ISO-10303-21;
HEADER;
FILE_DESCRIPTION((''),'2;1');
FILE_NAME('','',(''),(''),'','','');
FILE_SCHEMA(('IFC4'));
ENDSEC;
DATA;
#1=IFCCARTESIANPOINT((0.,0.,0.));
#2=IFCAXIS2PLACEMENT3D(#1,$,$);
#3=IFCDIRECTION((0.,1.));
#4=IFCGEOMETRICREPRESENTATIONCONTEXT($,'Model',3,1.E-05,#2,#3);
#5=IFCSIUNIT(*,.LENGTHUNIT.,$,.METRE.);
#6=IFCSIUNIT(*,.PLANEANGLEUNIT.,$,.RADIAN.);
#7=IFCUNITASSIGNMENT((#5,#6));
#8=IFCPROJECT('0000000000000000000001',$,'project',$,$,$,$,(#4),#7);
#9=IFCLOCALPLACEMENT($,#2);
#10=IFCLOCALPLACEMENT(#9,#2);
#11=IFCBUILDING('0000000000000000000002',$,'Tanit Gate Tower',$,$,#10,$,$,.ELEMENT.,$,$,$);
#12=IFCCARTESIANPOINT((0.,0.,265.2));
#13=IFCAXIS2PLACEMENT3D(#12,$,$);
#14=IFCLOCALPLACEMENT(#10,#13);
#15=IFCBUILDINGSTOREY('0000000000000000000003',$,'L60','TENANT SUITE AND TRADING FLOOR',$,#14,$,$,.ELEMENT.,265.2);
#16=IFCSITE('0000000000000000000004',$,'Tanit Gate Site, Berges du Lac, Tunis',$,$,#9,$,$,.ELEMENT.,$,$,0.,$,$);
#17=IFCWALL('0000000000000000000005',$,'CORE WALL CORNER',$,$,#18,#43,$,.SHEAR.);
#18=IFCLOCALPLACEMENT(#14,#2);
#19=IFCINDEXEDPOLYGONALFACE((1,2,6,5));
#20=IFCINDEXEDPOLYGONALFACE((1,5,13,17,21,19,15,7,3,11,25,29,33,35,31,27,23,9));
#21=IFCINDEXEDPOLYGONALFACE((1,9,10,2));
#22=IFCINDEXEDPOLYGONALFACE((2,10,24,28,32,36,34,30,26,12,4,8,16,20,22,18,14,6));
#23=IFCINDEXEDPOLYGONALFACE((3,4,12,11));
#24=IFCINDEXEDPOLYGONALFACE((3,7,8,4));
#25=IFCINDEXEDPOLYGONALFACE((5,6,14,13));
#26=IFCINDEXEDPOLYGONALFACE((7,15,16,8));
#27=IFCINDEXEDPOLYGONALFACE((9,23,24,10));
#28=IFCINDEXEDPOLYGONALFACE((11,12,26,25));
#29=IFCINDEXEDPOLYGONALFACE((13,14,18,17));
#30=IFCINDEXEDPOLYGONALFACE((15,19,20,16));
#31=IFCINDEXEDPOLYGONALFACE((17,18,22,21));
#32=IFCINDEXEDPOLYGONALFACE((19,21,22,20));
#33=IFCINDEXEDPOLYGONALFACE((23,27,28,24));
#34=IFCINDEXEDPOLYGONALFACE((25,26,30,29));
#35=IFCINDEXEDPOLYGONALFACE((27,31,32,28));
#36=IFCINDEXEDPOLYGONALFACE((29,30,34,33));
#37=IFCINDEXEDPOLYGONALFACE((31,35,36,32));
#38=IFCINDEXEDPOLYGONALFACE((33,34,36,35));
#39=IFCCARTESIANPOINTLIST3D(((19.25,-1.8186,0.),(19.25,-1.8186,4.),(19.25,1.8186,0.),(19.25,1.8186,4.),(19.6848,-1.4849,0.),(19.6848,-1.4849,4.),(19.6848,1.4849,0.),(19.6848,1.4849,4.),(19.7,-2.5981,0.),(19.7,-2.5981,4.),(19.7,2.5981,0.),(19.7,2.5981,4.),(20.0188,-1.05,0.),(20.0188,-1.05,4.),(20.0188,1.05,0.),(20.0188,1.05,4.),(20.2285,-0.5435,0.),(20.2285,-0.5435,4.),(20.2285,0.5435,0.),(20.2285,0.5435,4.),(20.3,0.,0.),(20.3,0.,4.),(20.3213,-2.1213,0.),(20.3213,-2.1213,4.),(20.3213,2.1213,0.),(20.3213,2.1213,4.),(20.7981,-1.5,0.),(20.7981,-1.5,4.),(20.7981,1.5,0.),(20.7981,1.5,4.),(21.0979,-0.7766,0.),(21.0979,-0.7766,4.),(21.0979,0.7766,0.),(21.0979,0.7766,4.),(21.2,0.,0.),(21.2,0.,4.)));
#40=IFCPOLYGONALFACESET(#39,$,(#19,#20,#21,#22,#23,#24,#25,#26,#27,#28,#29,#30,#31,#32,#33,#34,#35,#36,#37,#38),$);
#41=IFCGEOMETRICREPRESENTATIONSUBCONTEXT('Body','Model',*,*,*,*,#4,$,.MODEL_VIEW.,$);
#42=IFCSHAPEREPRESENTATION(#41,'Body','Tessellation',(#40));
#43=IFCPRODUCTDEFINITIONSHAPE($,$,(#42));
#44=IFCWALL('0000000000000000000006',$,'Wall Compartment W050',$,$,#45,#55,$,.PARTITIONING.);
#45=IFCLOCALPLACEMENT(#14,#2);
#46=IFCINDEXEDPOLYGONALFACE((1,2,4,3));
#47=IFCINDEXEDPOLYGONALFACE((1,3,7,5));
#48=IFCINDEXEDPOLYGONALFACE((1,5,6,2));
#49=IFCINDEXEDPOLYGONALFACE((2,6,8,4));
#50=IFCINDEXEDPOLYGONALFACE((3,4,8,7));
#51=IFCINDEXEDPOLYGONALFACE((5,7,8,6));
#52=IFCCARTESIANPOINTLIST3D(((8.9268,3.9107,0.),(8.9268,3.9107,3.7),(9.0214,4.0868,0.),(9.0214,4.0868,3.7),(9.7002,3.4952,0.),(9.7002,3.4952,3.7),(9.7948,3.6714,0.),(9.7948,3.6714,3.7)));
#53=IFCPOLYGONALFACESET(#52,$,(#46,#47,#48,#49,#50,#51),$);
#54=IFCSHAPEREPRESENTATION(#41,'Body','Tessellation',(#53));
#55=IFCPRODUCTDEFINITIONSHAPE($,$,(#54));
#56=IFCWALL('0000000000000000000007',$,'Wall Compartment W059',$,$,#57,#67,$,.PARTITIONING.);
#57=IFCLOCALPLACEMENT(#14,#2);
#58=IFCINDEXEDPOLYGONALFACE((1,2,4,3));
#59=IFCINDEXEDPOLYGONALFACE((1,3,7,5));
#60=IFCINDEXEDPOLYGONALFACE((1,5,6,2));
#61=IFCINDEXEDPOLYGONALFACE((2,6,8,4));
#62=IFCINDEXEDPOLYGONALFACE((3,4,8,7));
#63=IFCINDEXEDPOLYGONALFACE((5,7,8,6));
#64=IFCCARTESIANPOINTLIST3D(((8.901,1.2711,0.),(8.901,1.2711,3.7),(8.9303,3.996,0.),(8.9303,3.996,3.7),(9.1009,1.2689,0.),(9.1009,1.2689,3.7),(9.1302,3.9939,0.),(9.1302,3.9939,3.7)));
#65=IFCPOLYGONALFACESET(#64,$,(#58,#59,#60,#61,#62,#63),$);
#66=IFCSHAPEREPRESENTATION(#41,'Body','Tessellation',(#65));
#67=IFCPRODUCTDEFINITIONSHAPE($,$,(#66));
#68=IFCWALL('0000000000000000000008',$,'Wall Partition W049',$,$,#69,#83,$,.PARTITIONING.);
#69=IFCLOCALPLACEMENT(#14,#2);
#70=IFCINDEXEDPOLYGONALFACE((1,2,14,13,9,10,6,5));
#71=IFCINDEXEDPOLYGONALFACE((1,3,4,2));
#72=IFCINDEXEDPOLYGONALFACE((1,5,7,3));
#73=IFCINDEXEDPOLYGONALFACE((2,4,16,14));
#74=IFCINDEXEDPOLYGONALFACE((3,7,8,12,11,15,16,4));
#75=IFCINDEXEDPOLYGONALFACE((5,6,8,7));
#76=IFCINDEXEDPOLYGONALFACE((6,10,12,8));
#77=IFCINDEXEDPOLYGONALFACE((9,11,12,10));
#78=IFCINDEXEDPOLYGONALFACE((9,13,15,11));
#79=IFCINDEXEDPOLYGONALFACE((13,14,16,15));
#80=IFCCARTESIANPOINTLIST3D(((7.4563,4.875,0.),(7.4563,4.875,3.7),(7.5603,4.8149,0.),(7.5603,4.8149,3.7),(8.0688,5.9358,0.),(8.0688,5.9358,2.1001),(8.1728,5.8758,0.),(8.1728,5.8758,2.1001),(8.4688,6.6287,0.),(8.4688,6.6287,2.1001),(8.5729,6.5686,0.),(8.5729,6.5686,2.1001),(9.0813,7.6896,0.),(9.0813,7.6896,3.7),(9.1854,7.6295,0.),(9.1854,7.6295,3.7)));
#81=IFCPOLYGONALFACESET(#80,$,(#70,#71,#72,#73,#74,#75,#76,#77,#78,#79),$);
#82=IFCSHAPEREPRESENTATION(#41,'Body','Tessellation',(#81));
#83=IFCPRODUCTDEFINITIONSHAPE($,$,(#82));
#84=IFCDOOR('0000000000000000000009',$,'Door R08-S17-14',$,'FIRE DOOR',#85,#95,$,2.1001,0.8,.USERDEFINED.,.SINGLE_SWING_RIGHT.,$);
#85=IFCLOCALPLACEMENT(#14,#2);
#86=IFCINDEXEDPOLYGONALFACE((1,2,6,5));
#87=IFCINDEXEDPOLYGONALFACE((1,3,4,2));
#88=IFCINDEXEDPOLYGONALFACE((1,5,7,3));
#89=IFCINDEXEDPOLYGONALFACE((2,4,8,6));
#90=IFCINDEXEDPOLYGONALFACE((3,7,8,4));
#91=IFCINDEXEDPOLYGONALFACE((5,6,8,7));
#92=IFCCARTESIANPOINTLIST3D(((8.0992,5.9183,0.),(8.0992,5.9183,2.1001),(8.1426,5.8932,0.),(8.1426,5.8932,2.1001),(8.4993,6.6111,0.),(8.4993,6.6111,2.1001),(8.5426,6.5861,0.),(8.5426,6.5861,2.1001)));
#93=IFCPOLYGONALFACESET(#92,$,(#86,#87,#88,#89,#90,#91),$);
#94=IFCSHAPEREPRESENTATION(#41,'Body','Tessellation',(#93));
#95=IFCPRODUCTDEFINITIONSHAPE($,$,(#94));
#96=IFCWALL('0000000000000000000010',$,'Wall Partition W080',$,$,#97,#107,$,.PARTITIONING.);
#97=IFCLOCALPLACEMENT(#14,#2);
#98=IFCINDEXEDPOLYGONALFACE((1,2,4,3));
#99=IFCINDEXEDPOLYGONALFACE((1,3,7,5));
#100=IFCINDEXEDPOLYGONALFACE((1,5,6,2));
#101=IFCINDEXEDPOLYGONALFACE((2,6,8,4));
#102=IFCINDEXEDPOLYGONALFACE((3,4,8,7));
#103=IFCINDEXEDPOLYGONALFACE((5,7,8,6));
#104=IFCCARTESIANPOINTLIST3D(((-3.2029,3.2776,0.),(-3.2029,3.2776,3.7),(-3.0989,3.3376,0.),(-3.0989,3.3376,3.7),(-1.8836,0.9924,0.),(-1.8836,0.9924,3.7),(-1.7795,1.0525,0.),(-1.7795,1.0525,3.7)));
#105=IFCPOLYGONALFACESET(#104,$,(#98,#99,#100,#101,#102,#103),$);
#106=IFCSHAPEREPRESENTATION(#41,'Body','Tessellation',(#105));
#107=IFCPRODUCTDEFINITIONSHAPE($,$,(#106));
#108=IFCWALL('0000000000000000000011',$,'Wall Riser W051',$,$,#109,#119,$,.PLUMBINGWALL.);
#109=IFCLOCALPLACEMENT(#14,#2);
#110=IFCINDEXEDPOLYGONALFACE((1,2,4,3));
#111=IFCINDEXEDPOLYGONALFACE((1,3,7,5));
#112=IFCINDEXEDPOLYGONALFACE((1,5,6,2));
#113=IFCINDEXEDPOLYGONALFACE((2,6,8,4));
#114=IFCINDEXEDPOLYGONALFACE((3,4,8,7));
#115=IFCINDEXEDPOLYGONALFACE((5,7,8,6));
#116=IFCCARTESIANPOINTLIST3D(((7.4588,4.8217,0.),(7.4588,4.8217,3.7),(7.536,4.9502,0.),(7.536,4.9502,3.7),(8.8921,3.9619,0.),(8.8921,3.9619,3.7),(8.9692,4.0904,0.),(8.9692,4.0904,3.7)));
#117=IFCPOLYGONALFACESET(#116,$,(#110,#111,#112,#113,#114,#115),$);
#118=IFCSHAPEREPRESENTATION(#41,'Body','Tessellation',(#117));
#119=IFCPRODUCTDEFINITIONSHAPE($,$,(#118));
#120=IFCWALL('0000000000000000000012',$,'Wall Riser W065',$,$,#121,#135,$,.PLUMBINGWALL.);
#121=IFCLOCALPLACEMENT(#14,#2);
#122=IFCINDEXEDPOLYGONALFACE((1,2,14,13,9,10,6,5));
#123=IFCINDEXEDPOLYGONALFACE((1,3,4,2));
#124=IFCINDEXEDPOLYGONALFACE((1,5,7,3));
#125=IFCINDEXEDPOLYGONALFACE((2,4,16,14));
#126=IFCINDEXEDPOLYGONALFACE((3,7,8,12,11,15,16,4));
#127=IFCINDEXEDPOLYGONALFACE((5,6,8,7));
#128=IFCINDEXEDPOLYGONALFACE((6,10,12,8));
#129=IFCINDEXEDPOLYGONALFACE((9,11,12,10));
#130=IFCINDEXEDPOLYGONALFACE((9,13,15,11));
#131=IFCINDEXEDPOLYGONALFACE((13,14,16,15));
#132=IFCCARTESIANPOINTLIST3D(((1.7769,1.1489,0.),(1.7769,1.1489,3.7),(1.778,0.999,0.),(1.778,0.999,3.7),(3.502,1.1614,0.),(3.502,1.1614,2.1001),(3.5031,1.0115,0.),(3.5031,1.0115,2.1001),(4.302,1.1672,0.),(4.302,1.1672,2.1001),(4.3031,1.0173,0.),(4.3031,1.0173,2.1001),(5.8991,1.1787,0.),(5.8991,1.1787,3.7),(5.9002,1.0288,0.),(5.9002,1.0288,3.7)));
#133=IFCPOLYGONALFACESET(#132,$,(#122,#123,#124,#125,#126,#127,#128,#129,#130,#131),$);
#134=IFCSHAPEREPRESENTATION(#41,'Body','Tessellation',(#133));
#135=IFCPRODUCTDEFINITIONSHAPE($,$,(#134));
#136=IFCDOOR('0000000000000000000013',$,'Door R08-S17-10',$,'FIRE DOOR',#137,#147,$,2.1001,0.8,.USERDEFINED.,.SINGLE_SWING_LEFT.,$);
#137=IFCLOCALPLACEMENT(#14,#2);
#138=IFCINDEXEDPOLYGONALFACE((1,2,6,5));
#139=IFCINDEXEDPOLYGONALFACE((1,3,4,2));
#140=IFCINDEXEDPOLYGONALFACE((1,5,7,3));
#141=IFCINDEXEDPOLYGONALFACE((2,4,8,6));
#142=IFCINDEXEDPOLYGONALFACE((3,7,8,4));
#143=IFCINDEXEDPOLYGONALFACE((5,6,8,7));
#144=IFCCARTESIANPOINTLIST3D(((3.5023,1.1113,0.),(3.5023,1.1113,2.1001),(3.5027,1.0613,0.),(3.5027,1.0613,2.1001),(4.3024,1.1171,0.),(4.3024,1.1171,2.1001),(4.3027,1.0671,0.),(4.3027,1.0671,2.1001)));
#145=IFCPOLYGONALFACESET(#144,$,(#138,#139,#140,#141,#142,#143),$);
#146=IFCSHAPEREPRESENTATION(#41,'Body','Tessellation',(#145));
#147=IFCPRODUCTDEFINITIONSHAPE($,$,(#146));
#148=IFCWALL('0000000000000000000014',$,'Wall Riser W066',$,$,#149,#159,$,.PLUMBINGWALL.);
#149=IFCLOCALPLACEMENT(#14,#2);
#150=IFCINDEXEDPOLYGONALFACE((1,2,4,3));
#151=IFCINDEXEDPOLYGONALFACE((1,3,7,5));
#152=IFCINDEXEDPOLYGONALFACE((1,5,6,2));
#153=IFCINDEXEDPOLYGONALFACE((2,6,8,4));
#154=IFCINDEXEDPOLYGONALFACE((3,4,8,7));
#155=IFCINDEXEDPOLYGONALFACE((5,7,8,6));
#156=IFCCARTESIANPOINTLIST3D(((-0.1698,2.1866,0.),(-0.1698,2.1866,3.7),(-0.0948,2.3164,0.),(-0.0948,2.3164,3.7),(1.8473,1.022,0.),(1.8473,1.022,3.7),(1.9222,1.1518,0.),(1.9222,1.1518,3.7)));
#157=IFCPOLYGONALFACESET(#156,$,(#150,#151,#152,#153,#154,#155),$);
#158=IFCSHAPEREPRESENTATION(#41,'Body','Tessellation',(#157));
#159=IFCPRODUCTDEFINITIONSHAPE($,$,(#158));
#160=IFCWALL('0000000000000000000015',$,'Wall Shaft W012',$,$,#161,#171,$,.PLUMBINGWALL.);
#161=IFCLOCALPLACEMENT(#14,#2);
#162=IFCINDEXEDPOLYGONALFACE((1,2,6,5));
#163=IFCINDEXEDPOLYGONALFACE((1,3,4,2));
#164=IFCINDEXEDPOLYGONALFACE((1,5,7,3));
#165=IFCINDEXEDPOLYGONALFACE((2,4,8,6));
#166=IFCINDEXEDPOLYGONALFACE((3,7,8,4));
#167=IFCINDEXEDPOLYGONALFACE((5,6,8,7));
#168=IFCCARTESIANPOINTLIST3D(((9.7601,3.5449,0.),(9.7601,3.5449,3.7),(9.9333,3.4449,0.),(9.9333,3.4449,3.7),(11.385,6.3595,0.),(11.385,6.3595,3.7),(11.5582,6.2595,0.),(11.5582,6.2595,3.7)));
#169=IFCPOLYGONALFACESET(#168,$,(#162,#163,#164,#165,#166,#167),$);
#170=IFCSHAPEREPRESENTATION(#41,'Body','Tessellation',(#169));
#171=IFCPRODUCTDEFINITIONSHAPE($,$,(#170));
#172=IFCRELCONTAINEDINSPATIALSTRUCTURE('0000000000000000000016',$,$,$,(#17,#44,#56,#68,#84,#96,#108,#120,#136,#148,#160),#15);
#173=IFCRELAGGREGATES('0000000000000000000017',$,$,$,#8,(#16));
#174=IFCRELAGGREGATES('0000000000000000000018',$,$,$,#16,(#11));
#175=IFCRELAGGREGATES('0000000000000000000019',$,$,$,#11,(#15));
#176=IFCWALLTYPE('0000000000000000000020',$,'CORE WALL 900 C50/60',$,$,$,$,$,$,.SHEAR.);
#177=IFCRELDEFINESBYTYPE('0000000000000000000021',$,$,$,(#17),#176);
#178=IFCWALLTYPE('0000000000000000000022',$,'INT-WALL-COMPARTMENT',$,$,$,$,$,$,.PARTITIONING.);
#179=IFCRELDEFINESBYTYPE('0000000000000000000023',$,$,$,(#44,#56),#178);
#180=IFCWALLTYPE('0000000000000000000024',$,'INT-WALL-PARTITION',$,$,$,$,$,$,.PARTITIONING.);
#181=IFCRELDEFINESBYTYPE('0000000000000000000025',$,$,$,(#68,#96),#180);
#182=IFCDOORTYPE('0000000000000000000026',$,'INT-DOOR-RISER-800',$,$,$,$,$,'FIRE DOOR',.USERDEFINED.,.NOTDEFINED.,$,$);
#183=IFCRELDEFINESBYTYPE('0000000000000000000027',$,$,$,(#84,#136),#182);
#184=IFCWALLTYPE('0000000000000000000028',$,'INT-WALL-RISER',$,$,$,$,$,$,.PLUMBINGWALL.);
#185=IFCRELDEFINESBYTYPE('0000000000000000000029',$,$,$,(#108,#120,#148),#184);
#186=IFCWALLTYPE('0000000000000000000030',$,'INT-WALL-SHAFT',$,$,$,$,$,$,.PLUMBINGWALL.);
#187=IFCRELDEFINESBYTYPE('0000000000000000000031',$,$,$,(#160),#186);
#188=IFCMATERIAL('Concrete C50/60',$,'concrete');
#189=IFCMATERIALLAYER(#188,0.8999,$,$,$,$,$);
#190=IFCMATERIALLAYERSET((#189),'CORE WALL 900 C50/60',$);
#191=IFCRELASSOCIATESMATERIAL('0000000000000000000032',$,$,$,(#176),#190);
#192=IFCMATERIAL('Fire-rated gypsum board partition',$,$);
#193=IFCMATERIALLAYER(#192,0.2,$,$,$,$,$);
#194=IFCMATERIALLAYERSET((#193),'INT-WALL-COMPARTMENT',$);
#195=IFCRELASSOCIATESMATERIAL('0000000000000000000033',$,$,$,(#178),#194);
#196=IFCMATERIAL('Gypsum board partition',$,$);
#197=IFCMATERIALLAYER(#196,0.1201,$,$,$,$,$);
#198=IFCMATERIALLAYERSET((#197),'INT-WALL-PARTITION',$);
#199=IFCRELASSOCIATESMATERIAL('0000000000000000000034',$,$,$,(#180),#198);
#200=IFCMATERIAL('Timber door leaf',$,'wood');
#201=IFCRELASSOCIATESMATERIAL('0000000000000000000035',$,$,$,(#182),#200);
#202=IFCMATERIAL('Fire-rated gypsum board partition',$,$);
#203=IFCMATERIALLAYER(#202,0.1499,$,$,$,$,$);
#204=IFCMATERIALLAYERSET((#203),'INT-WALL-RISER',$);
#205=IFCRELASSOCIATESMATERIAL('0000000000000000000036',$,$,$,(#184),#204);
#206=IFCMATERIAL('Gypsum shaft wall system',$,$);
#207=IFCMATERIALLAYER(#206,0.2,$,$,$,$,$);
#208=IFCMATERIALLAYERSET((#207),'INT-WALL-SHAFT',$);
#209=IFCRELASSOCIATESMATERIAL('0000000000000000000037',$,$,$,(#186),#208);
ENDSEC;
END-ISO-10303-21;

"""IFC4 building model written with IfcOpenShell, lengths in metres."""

from ifc_helpers import new_model, si_unit, direction, frame, frame_2d, origin, place, context, subcontext, project, spatial, polyline, rectangle, outline, extrude, material, layer, layer_set, type_object, element, fill, save


model = new_model("IFC4")

# Units and contexts
model_context = context("Model", 3, precision=1e-05, world=origin(), true_north=direction((0.0, 1.0)))
body_context = subcontext(model_context, "Body", "Model", "MODEL_VIEW")
ifc_project = project(units=[si_unit("LENGTHUNIT", "METRE"), si_unit("PLANEANGLEUNIT", "RADIAN")], contexts=[model_context])

# Site, building, storey
site_placement = place(None, origin())
site = spatial("IfcSite", under=ifc_project, at=site_placement, Name="Tanit Gate Site, Berges du Lac, Tunis", CompositionType="ELEMENT", RefElevation=0.0)
building_placement = place(site_placement, origin())
building = spatial("IfcBuilding", under=site, at=building_placement, Name="Tanit Gate Tower", CompositionType="ELEMENT")
storey_placement = place(building_placement, frame((0.0, 0.0, 265.2)))
storey = spatial("IfcBuildingStorey", under=building, at=storey_placement, Name="L60", Description="TENANT SUITE AND TRADING FLOOR", CompositionType="ELEMENT", Elevation=265.2)

# Walls
ifc_material_1 = material(Name="Concrete C50/60", Category="concrete")
ifc_layer_1 = layer(ifc_material_1, 0.8999)
ifc_layer_set_1 = layer_set([ifc_layer_1], Name="CORE WALL 900 C50/60")
wall_type_1 = type_object("IfcWallType", Name="CORE WALL 900 C50/60", PredefinedType="SHEAR", material=ifc_layer_set_1)
wall_1_placement = place(storey_placement, origin())
element("IfcWall", 1, at=wall_1_placement, inside=storey, type_object=wall_type_1, Name="CORE WALL CORNER", PredefinedType="SHEAR", context=body_context, shape_type="SweptSolid", body=[
    extrude(outline(polyline([(19.7, -2.5981), (20.3213, -2.1213), (20.7981, -1.5), (21.0979, -0.7766), (21.2, 0.0), (21.0979, 0.7766), (20.7981, 1.5), (20.3213, 2.1213), (19.7, 2.5981), (19.25, 1.8186), (19.6848, 1.4849), (20.0188, 1.05), (20.2285, 0.5435), (20.3, 0.0), (20.2285, -0.5435), (20.0188, -1.05), (19.6848, -1.4849), (19.25, -1.8186), (19.7, -2.5981)])), origin(), (0.0, 0.0, 1.0), 4.0),
])
ifc_material_2 = material(Name="Fire-rated gypsum board partition")
ifc_layer_2 = layer(ifc_material_2, 0.2)
ifc_layer_set_2 = layer_set([ifc_layer_2], Name="INT-WALL-COMPARTMENT")
wall_type_2 = type_object("IfcWallType", Name="INT-WALL-COMPARTMENT", PredefinedType="PARTITIONING", material=ifc_layer_set_2)
wall_2_placement = place(storey_placement, frame((8.9741, 3.9988, 0.0), z_axis=(0.0, 0.0, 1.0), x_axis=(0.880917, -0.473271, 0.0)))
element("IfcWall", 2, at=wall_2_placement, inside=storey, type_object=wall_type_2, Name="Wall Compartment W050", PredefinedType="PARTITIONING", context=body_context, shape_type="SweptSolid", body=[
    extrude(rectangle(XDim=0.8779, YDim=0.2, at=frame_2d((0.439, 0.0))), origin(), (0.0, 0.0, 1.0), 3.7),
])
wall_3_placement = place(storey_placement, frame((9.001, 1.27, 0.0), z_axis=(0.0, 0.0, 1.0), x_axis=(0.010751, 0.999942, 0.0)))
element("IfcWall", 3, at=wall_3_placement, inside=storey, type_object=wall_type_2, Name="Wall Compartment W059", PredefinedType="PARTITIONING", context=body_context, shape_type="SweptSolid", body=[
    extrude(rectangle(XDim=2.7251, YDim=0.2, at=frame_2d((1.3625, 0.0))), origin(), (0.0, 0.0, 1.0), 3.7),
])

# Wall, opening, door
ifc_material_3 = material(Name="Gypsum board partition")
ifc_layer_3 = layer(ifc_material_3, 0.1201)
ifc_layer_set_3 = layer_set([ifc_layer_3], Name="INT-WALL-PARTITION")
wall_type_3 = type_object("IfcWallType", Name="INT-WALL-PARTITION", PredefinedType="PARTITIONING", material=ifc_layer_set_3)
wall_4_placement = place(storey_placement, frame((7.5083, 4.845, 0.0), z_axis=(0.0, 0.0, 1.0), x_axis=(0.500017, 0.866015, 0.0)))
wall_4 = element("IfcWall", 4, at=wall_4_placement, inside=storey, type_object=wall_type_3, Name="Wall Partition W049", PredefinedType="PARTITIONING", context=body_context, shape_type="SweptSolid", body=[
    extrude(rectangle(XDim=3.25, YDim=0.1201, at=frame_2d((1.625, 0.0))), origin(), (0.0, 0.0, 1.0), 3.7),
])
opening_1_placement = place(wall_4_placement, frame((1.2251, 0.0, 0.0)))
opening_1 = element("IfcOpeningElement", 5, at=opening_1_placement, cuts=wall_4, PredefinedType="OPENING", context=body_context, shape_type="SweptSolid", body=[
    extrude(rectangle(XDim=0.8, YDim=2.1001, at=frame_2d((0.3999, 1.05))), frame((0.0, 0.0701, 0.0), z_axis=(0.0, -1.0, 0.0), x_axis=(1.0, 0.0, 0.0)), (0.0, 0.0, 1.0), 0.1401),
])
ifc_material_4 = material(Name="Timber door leaf", Category="wood")
door_type_1 = type_object("IfcDoorType", Name="INT-DOOR-RISER-800", ElementType="FIRE DOOR", OperationType="NOTDEFINED", PredefinedType="USERDEFINED", material=ifc_material_4)
door_1_placement = place(opening_1_placement, origin())
door_1 = element("IfcDoor", 6, at=door_1_placement, inside=storey, type_object=door_type_1, Name="Door R08-S17-14", ObjectType="FIRE DOOR", OperationType="SINGLE_SWING_RIGHT", OverallHeight=2.1001, OverallWidth=0.8, PredefinedType="USERDEFINED", context=body_context, shape_type="SweptSolid", body=[
    extrude(rectangle(XDim=0.8, YDim=2.1001, at=frame_2d((0.3999, 1.05))), frame((0.0, 0.0249, 0.0), z_axis=(0.0, -1.0, 0.0), x_axis=(1.0, 0.0, 0.0)), (0.0, 0.0, 1.0), 0.05),
])
fill(opening_1, door_1)

# Walls
wall_5_placement = place(storey_placement, frame((-1.8315, 1.0225, 0.0), z_axis=(0.0, 0.0, 1.0), x_axis=(-0.5, 0.866025, 0.0)))
element("IfcWall", 7, at=wall_5_placement, inside=storey, type_object=wall_type_3, Name="Wall Partition W080", PredefinedType="PARTITIONING", context=body_context, shape_type="SweptSolid", body=[
    extrude(rectangle(XDim=2.6387, YDim=0.1201, at=frame_2d((1.3193, 0.0))), origin(), (0.0, 0.0, 1.0), 3.7),
])
ifc_material_5 = material(Name="Fire-rated gypsum board partition")
ifc_layer_4 = layer(ifc_material_5, 0.1499)
ifc_layer_set_4 = layer_set([ifc_layer_4], Name="INT-WALL-RISER")
wall_type_4 = type_object("IfcWallType", Name="INT-WALL-RISER", PredefinedType="PLUMBINGWALL", material=ifc_layer_set_4)
wall_6_placement = place(storey_placement, frame((8.9307, 4.0261, 0.0), z_axis=(0.0, 0.0, 1.0), x_axis=(-0.857532, 0.514431, 0.0)))
element("IfcWall", 8, at=wall_6_placement, inside=storey, type_object=wall_type_4, Name="Wall Riser W051", PredefinedType="PLUMBINGWALL", context=body_context, shape_type="SweptSolid", body=[
    extrude(rectangle(XDim=1.6714, YDim=0.1499, at=frame_2d((0.8357, 0.0))), origin(), (0.0, 0.0, 1.0), 3.7),
])

# Wall, opening, door
wall_7_placement = place(storey_placement, frame((1.7776, 1.074, 0.0), z_axis=(0.0, 0.0, 1.0), x_axis=(0.999974, 0.007225, 0.0)))
wall_7 = element("IfcWall", 9, at=wall_7_placement, inside=storey, type_object=wall_type_4, Name="Wall Riser W065", PredefinedType="PLUMBINGWALL", context=body_context, shape_type="SweptSolid", body=[
    extrude(rectangle(XDim=4.1223, YDim=0.1499, at=frame_2d((2.061, 0.0))), origin(), (0.0, 0.0, 1.0), 3.7),
])
opening_2_placement = place(wall_7_placement, frame((1.7251, 0.0, 0.0)))
opening_2 = element("IfcOpeningElement", 10, at=opening_2_placement, cuts=wall_7, PredefinedType="OPENING", context=body_context, shape_type="SweptSolid", body=[
    extrude(rectangle(XDim=0.8, YDim=2.1001, at=frame_2d((0.3999, 1.05))), frame((0.0, 0.085, 0.0), z_axis=(0.0, -1.0, 0.0), x_axis=(1.0, 0.0, 0.0)), (0.0, 0.0, 1.0), 0.1699),
])
door_2_placement = place(opening_2_placement, origin())
door_2 = element("IfcDoor", 11, at=door_2_placement, inside=storey, type_object=door_type_1, Name="Door R08-S17-10", ObjectType="FIRE DOOR", OperationType="SINGLE_SWING_LEFT", OverallHeight=2.1001, OverallWidth=0.8, PredefinedType="USERDEFINED", context=body_context, shape_type="SweptSolid", body=[
    extrude(rectangle(XDim=0.8, YDim=2.1001, at=frame_2d((0.3999, 1.05))), frame((0.0, 0.0249, 0.0), z_axis=(0.0, -1.0, 0.0), x_axis=(1.0, 0.0, 0.0)), (0.0, 0.0, 1.0), 0.05),
])
fill(opening_2, door_2)

# Walls
wall_8_placement = place(storey_placement, frame((-0.1323, 2.2515, 0.0), z_axis=(0.0, 0.0, 1.0), x_axis=(0.866028, -0.499995, 0.0)))
element("IfcWall", 12, at=wall_8_placement, inside=storey, type_object=wall_type_4, Name="Wall Riser W066", PredefinedType="PLUMBINGWALL", context=body_context, shape_type="SweptSolid", body=[
    extrude(rectangle(XDim=2.3291, YDim=0.1499, at=frame_2d((1.1646, 0.0))), origin(), (0.0, 0.0, 1.0), 3.7),
])
ifc_material_6 = material(Name="Gypsum shaft wall system")
ifc_layer_5 = layer(ifc_material_6, 0.2)
ifc_layer_set_5 = layer_set([ifc_layer_5], Name="INT-WALL-SHAFT")
wall_type_5 = type_object("IfcWallType", Name="INT-WALL-SHAFT", PredefinedType="PLUMBINGWALL", material=ifc_layer_set_5)
wall_9_placement = place(storey_placement, frame((9.8467, 3.4949, 0.0), z_axis=(0.0, 0.0, 1.0), x_axis=(0.499985, 0.866034, 0.0)))
element("IfcWall", 13, at=wall_9_placement, inside=storey, type_object=wall_type_5, Name="Wall Shaft W012", PredefinedType="PLUMBINGWALL", context=body_context, shape_type="SweptSolid", body=[
    extrude(rectangle(XDim=3.25, YDim=0.2, at=frame_2d((1.625, 0.0))), origin(), (0.0, 0.0, 1.0), 3.7),
])

save(model, "model.ifc")
